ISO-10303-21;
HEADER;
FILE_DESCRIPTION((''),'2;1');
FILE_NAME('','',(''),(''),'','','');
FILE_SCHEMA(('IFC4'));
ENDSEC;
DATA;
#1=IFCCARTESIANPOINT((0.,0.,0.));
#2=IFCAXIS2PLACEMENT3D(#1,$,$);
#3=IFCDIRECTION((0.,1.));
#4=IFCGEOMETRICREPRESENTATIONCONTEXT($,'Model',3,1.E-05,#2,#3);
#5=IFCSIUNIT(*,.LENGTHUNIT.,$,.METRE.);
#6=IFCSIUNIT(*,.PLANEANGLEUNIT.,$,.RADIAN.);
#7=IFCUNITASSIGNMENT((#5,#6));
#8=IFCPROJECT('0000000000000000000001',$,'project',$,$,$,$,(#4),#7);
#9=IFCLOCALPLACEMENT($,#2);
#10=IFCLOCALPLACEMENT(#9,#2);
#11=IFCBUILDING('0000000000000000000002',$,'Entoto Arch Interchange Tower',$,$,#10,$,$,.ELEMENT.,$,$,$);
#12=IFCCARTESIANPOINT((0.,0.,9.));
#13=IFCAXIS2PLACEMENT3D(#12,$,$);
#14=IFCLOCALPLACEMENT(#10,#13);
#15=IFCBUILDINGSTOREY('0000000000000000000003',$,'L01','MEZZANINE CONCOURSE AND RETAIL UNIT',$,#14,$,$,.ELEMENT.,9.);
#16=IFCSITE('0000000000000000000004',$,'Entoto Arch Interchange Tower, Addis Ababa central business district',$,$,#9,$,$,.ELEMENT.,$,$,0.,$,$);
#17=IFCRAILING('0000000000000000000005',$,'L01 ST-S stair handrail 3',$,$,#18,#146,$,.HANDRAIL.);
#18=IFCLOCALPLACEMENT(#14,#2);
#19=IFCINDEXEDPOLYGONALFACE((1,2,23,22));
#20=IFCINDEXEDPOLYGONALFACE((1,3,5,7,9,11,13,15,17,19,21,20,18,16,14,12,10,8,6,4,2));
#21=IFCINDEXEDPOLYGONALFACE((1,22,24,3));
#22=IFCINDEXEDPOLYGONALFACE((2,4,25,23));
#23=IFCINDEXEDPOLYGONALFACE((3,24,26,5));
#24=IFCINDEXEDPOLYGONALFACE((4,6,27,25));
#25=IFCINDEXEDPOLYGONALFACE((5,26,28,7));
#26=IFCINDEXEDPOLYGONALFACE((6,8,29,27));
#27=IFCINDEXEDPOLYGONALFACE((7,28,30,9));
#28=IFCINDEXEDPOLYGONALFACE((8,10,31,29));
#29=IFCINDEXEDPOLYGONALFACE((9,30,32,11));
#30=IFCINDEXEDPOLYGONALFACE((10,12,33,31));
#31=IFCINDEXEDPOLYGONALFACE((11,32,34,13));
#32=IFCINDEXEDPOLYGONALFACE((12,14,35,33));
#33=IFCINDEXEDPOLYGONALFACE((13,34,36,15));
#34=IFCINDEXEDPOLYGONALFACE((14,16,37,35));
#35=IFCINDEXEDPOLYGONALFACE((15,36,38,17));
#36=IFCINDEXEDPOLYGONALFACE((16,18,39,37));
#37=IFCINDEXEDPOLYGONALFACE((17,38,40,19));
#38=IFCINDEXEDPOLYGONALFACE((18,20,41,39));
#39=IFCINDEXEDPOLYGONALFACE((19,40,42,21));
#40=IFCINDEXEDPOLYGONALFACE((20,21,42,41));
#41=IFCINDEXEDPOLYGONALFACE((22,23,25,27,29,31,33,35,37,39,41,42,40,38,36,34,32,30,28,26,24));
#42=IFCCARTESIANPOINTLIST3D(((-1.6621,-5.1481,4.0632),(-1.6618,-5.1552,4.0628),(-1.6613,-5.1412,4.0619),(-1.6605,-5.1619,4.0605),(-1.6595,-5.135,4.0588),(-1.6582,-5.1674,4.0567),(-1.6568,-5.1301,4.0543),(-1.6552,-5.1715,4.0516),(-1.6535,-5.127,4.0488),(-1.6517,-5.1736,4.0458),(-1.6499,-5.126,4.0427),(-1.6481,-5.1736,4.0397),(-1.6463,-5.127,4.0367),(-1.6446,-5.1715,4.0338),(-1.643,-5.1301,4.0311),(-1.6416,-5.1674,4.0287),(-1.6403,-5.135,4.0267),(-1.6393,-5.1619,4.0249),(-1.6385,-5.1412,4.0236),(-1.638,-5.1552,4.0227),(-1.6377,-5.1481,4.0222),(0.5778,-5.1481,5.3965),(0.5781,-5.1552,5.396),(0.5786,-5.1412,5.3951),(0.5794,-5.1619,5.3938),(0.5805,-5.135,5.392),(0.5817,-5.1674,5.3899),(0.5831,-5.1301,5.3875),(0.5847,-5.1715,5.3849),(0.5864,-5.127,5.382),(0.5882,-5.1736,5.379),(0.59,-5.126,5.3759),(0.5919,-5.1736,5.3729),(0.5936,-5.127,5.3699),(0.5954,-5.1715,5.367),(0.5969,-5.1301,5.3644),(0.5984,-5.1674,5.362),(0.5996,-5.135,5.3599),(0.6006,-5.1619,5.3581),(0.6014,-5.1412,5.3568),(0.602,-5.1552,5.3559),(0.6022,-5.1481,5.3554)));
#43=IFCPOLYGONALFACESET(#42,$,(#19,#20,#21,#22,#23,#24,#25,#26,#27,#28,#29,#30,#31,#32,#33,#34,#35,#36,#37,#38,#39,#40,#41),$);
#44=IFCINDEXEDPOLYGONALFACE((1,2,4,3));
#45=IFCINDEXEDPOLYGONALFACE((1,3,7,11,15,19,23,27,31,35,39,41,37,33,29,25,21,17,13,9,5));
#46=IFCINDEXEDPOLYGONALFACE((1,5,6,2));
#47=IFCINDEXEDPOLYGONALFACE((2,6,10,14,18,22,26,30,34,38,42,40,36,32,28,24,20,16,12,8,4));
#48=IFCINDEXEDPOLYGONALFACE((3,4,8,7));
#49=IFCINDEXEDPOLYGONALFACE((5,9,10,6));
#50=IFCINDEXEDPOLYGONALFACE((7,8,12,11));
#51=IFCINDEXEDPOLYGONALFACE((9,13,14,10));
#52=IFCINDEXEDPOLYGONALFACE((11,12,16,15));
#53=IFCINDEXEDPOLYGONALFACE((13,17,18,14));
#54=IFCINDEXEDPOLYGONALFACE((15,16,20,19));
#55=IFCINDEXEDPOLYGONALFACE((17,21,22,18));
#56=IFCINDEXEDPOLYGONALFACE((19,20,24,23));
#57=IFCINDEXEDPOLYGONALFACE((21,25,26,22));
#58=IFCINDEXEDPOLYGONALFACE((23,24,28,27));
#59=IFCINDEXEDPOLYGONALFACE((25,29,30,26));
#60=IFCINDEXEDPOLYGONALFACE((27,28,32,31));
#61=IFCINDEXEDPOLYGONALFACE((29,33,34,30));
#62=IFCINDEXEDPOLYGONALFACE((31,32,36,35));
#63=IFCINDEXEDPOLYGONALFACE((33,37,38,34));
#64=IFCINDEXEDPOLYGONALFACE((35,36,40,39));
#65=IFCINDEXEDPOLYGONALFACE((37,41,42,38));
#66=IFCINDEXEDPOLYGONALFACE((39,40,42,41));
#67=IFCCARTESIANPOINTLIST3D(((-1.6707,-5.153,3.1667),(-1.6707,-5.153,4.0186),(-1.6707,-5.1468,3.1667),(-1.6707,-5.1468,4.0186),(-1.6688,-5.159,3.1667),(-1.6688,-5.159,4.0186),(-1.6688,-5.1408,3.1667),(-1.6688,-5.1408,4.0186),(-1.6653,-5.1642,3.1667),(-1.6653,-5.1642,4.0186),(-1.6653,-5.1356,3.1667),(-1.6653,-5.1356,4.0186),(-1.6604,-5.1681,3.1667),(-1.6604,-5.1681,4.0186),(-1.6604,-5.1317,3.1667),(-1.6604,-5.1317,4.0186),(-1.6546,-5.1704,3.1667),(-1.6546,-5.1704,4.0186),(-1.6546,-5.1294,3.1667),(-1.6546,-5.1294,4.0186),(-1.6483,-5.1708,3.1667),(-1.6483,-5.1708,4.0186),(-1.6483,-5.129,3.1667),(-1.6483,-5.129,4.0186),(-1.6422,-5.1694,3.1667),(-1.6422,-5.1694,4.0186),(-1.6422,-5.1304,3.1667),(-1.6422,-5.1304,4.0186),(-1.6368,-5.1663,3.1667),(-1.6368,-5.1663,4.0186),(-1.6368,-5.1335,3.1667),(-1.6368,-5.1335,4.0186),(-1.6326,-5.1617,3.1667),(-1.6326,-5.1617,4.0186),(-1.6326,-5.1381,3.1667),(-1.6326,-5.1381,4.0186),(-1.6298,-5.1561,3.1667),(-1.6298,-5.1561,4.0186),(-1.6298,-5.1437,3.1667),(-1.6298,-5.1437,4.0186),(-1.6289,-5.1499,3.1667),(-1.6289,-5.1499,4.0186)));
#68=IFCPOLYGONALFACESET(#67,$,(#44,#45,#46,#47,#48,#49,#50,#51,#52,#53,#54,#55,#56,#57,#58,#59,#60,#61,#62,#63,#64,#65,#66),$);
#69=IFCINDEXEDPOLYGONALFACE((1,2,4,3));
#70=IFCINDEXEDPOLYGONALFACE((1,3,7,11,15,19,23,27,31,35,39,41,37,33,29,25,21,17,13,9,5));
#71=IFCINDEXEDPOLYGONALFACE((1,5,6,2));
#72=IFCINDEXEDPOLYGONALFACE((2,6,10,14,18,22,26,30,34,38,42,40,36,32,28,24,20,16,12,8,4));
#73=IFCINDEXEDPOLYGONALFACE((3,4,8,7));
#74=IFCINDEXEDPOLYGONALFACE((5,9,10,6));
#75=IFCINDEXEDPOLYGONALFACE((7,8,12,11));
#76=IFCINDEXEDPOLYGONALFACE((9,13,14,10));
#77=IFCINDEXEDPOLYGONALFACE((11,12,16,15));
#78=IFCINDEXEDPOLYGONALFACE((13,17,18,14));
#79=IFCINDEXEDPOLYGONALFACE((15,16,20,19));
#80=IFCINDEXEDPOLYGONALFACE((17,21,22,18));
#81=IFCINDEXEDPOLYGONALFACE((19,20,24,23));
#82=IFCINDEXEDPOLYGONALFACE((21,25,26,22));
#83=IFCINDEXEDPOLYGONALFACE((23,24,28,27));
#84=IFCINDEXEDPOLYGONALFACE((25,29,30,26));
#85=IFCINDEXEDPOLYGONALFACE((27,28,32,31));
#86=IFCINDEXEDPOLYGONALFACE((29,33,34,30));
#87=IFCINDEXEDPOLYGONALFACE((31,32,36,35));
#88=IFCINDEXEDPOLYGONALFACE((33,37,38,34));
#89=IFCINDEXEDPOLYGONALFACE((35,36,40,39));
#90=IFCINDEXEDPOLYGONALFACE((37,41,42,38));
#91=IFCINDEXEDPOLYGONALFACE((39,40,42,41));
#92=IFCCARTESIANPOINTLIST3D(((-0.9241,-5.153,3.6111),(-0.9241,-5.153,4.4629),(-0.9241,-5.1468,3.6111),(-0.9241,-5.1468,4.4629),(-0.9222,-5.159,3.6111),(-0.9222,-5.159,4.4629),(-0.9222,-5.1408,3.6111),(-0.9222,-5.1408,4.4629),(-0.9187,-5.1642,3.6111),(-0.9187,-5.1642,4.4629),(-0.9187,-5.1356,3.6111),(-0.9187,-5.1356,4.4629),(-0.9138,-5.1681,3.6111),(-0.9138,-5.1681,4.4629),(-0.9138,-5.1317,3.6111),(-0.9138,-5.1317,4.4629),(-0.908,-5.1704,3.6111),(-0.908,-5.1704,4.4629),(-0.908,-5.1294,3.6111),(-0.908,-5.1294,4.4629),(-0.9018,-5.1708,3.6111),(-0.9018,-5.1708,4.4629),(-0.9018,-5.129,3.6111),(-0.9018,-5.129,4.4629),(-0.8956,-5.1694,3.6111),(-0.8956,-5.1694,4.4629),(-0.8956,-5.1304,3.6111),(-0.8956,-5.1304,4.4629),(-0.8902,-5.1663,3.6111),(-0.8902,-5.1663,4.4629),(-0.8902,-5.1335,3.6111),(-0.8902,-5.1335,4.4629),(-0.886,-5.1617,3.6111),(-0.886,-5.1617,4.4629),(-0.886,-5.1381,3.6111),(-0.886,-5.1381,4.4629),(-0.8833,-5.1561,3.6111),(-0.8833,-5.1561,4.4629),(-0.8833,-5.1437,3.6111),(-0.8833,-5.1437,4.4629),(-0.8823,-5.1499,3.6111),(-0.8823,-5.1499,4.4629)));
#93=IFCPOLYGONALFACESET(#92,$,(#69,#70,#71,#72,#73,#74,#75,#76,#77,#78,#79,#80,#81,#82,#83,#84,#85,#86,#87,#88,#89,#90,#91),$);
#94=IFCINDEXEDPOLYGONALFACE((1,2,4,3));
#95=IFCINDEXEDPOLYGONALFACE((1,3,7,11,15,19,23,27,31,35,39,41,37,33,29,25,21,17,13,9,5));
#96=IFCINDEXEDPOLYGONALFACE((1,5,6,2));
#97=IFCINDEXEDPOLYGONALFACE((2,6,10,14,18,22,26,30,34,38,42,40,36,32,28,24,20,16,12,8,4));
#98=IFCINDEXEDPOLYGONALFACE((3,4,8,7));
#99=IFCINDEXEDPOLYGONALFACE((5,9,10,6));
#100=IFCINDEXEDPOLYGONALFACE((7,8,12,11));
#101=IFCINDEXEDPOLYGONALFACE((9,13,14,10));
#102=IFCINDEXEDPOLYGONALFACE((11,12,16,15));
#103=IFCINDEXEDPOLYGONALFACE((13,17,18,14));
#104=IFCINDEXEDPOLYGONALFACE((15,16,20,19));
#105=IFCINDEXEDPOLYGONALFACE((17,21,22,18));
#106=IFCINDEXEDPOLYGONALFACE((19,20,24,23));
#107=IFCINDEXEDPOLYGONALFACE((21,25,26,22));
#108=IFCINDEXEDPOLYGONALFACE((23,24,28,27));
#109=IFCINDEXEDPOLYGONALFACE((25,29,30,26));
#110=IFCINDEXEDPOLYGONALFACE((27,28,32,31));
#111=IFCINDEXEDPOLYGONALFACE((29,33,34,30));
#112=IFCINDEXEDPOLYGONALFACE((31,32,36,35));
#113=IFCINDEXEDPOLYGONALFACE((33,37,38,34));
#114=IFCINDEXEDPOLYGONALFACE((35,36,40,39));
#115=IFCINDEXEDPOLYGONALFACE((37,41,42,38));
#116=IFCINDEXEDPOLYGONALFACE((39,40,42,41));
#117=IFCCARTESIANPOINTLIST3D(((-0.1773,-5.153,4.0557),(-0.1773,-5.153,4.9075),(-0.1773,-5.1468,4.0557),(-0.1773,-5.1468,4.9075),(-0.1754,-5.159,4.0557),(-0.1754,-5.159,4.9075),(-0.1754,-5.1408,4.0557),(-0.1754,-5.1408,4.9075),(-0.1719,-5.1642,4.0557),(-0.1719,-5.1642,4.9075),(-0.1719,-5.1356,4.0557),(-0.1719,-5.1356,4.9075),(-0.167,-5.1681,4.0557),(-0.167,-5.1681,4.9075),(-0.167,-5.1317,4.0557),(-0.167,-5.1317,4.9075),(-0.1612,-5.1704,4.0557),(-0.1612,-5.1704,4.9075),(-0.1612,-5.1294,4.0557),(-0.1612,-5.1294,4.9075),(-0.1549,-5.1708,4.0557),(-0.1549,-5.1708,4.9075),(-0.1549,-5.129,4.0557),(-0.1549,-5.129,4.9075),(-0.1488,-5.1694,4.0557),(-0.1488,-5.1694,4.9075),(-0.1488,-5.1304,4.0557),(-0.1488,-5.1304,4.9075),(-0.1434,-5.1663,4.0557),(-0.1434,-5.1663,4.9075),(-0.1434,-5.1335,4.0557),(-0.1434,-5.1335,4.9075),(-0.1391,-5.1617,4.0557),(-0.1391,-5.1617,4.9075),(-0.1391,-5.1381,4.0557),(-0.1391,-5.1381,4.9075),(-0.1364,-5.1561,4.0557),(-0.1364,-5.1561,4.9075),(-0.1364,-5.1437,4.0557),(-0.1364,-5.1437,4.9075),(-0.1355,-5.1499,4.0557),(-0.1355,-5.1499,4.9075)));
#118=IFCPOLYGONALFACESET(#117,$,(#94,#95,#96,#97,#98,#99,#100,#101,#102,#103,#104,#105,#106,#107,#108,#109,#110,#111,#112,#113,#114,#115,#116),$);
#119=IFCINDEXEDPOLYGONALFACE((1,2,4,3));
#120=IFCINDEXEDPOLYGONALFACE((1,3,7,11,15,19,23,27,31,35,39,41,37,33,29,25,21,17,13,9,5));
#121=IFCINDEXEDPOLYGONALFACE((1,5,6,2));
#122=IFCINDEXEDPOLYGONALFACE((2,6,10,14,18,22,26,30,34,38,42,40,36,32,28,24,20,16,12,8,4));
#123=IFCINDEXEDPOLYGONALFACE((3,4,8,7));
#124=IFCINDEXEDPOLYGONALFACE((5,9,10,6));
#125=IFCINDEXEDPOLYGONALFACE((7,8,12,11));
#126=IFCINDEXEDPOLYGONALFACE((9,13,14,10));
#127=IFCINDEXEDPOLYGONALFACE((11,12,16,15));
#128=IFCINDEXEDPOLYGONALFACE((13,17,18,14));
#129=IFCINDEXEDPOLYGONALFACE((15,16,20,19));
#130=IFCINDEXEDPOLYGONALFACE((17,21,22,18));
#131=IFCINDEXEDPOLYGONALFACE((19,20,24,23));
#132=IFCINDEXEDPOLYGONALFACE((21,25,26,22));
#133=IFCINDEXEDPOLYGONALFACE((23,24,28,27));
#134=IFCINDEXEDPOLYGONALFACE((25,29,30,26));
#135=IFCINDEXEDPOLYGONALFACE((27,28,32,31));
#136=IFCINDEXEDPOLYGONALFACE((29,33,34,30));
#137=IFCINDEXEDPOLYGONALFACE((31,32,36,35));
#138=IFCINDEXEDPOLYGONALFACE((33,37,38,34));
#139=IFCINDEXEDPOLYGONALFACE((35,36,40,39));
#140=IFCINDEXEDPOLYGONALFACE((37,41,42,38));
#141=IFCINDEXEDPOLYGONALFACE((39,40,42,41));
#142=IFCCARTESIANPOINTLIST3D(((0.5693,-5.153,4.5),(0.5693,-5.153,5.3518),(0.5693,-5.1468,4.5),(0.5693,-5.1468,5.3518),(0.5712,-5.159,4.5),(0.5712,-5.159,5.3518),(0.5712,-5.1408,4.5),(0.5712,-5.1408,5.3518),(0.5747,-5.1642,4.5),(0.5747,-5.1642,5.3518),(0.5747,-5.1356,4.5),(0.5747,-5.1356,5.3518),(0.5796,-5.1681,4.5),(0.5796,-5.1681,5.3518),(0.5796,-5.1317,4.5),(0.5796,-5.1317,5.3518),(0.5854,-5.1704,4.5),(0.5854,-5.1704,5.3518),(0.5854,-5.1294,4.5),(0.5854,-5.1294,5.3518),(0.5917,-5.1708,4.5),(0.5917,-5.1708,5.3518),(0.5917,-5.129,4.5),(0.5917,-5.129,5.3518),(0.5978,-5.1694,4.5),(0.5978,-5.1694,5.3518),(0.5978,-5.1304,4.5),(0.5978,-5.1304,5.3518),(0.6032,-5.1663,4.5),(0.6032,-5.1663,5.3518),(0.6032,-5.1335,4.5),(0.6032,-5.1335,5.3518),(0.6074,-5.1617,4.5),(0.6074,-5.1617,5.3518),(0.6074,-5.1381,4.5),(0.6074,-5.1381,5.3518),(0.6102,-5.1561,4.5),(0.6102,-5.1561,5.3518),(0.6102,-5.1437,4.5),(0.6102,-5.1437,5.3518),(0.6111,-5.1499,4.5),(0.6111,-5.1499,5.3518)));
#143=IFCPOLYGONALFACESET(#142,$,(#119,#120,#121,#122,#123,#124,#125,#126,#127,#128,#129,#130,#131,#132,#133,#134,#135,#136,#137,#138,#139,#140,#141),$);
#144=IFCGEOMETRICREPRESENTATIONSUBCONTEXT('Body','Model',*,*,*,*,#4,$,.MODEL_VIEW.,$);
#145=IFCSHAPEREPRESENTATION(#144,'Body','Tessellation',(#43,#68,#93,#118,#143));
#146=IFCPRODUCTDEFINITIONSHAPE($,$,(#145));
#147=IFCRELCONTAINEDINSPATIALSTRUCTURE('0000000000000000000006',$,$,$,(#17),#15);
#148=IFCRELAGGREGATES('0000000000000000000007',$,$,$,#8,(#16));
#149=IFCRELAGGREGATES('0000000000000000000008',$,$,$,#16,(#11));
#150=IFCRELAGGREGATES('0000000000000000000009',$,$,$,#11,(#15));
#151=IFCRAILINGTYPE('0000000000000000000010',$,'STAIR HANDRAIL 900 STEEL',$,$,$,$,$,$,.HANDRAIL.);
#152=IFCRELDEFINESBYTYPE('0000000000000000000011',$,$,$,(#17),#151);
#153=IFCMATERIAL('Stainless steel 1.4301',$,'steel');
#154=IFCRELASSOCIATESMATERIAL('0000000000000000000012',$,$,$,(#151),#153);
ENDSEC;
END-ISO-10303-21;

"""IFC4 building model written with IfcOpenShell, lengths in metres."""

from ifc_helpers import new_model, si_unit, direction, frame, origin, origin_2d, place, context, subcontext, project, spatial, circle, extrude, material, type_object, element, save


model = new_model("IFC4")

# Units and contexts
model_context = context("Model", 3, precision=1e-05, world=origin(), true_north=direction((0.0, 1.0)))
body_context = subcontext(model_context, "Body", "Model", "MODEL_VIEW")
ifc_project = project(units=[si_unit("LENGTHUNIT", "METRE"), si_unit("PLANEANGLEUNIT", "RADIAN")], contexts=[model_context])

# Site, building, storey
site_placement = place(None, origin())
site = spatial("IfcSite", under=ifc_project, at=site_placement, Name="Entoto Arch Interchange Tower, Addis Ababa central business district", CompositionType="ELEMENT", RefElevation=0.0)
building_placement = place(site_placement, origin())
building = spatial("IfcBuilding", under=site, at=building_placement, Name="Entoto Arch Interchange Tower", CompositionType="ELEMENT")
storey_placement = place(building_placement, frame((0.0, 0.0, 9.0)))
storey = spatial("IfcBuildingStorey", under=building, at=storey_placement, Name="L01", Description="MEZZANINE CONCOURSE AND RETAIL UNIT", CompositionType="ELEMENT", Elevation=9.0)

# Railing
ifc_material_1 = material(Name="Stainless steel 1.4301", Category="steel")
railing_type_1 = type_object("IfcRailingType", Name="STAIR HANDRAIL 900 STEEL", PredefinedType="HANDRAIL", material=ifc_material_1)
for number, where, name in (
    (1, (-1.6499, -5.1499, 3.1667), "L01 ST-S stair handrail 3"),
):
    element("IfcRailing", number, at=place(storey_placement, frame(where)), inside=storey, type_object=railing_type_1, Name=name, PredefinedType="HANDRAIL", context=body_context, shape_type="SweptSolid", body=[
        extrude(circle(Radius=0.0239, at=origin_2d()), frame((0.0, 0.0, 0.876), z_axis=(0.859306, 0.0, 0.511462), x_axis=(0.0, 1.0, 0.0)), (0.0, 0.0, 1.0), 2.6067),
        extrude(circle(Radius=0.021, at=origin_2d()), origin(), (0.0, 0.0, 1.0), 0.8518),
        extrude(circle(Radius=0.021, at=origin_2d()), frame((0.7466, 0.0, 0.4443)), (0.0, 0.0, 1.0), 0.8518),
        extrude(circle(Radius=0.021, at=origin_2d()), frame((1.4934, 0.0, 0.8889)), (0.0, 0.0, 1.0), 0.8518),
        extrude(circle(Radius=0.021, at=origin_2d()), frame((2.24, 0.0, 1.3333)), (0.0, 0.0, 1.0), 0.8518),
    ])

save(model, "model.ifc")
